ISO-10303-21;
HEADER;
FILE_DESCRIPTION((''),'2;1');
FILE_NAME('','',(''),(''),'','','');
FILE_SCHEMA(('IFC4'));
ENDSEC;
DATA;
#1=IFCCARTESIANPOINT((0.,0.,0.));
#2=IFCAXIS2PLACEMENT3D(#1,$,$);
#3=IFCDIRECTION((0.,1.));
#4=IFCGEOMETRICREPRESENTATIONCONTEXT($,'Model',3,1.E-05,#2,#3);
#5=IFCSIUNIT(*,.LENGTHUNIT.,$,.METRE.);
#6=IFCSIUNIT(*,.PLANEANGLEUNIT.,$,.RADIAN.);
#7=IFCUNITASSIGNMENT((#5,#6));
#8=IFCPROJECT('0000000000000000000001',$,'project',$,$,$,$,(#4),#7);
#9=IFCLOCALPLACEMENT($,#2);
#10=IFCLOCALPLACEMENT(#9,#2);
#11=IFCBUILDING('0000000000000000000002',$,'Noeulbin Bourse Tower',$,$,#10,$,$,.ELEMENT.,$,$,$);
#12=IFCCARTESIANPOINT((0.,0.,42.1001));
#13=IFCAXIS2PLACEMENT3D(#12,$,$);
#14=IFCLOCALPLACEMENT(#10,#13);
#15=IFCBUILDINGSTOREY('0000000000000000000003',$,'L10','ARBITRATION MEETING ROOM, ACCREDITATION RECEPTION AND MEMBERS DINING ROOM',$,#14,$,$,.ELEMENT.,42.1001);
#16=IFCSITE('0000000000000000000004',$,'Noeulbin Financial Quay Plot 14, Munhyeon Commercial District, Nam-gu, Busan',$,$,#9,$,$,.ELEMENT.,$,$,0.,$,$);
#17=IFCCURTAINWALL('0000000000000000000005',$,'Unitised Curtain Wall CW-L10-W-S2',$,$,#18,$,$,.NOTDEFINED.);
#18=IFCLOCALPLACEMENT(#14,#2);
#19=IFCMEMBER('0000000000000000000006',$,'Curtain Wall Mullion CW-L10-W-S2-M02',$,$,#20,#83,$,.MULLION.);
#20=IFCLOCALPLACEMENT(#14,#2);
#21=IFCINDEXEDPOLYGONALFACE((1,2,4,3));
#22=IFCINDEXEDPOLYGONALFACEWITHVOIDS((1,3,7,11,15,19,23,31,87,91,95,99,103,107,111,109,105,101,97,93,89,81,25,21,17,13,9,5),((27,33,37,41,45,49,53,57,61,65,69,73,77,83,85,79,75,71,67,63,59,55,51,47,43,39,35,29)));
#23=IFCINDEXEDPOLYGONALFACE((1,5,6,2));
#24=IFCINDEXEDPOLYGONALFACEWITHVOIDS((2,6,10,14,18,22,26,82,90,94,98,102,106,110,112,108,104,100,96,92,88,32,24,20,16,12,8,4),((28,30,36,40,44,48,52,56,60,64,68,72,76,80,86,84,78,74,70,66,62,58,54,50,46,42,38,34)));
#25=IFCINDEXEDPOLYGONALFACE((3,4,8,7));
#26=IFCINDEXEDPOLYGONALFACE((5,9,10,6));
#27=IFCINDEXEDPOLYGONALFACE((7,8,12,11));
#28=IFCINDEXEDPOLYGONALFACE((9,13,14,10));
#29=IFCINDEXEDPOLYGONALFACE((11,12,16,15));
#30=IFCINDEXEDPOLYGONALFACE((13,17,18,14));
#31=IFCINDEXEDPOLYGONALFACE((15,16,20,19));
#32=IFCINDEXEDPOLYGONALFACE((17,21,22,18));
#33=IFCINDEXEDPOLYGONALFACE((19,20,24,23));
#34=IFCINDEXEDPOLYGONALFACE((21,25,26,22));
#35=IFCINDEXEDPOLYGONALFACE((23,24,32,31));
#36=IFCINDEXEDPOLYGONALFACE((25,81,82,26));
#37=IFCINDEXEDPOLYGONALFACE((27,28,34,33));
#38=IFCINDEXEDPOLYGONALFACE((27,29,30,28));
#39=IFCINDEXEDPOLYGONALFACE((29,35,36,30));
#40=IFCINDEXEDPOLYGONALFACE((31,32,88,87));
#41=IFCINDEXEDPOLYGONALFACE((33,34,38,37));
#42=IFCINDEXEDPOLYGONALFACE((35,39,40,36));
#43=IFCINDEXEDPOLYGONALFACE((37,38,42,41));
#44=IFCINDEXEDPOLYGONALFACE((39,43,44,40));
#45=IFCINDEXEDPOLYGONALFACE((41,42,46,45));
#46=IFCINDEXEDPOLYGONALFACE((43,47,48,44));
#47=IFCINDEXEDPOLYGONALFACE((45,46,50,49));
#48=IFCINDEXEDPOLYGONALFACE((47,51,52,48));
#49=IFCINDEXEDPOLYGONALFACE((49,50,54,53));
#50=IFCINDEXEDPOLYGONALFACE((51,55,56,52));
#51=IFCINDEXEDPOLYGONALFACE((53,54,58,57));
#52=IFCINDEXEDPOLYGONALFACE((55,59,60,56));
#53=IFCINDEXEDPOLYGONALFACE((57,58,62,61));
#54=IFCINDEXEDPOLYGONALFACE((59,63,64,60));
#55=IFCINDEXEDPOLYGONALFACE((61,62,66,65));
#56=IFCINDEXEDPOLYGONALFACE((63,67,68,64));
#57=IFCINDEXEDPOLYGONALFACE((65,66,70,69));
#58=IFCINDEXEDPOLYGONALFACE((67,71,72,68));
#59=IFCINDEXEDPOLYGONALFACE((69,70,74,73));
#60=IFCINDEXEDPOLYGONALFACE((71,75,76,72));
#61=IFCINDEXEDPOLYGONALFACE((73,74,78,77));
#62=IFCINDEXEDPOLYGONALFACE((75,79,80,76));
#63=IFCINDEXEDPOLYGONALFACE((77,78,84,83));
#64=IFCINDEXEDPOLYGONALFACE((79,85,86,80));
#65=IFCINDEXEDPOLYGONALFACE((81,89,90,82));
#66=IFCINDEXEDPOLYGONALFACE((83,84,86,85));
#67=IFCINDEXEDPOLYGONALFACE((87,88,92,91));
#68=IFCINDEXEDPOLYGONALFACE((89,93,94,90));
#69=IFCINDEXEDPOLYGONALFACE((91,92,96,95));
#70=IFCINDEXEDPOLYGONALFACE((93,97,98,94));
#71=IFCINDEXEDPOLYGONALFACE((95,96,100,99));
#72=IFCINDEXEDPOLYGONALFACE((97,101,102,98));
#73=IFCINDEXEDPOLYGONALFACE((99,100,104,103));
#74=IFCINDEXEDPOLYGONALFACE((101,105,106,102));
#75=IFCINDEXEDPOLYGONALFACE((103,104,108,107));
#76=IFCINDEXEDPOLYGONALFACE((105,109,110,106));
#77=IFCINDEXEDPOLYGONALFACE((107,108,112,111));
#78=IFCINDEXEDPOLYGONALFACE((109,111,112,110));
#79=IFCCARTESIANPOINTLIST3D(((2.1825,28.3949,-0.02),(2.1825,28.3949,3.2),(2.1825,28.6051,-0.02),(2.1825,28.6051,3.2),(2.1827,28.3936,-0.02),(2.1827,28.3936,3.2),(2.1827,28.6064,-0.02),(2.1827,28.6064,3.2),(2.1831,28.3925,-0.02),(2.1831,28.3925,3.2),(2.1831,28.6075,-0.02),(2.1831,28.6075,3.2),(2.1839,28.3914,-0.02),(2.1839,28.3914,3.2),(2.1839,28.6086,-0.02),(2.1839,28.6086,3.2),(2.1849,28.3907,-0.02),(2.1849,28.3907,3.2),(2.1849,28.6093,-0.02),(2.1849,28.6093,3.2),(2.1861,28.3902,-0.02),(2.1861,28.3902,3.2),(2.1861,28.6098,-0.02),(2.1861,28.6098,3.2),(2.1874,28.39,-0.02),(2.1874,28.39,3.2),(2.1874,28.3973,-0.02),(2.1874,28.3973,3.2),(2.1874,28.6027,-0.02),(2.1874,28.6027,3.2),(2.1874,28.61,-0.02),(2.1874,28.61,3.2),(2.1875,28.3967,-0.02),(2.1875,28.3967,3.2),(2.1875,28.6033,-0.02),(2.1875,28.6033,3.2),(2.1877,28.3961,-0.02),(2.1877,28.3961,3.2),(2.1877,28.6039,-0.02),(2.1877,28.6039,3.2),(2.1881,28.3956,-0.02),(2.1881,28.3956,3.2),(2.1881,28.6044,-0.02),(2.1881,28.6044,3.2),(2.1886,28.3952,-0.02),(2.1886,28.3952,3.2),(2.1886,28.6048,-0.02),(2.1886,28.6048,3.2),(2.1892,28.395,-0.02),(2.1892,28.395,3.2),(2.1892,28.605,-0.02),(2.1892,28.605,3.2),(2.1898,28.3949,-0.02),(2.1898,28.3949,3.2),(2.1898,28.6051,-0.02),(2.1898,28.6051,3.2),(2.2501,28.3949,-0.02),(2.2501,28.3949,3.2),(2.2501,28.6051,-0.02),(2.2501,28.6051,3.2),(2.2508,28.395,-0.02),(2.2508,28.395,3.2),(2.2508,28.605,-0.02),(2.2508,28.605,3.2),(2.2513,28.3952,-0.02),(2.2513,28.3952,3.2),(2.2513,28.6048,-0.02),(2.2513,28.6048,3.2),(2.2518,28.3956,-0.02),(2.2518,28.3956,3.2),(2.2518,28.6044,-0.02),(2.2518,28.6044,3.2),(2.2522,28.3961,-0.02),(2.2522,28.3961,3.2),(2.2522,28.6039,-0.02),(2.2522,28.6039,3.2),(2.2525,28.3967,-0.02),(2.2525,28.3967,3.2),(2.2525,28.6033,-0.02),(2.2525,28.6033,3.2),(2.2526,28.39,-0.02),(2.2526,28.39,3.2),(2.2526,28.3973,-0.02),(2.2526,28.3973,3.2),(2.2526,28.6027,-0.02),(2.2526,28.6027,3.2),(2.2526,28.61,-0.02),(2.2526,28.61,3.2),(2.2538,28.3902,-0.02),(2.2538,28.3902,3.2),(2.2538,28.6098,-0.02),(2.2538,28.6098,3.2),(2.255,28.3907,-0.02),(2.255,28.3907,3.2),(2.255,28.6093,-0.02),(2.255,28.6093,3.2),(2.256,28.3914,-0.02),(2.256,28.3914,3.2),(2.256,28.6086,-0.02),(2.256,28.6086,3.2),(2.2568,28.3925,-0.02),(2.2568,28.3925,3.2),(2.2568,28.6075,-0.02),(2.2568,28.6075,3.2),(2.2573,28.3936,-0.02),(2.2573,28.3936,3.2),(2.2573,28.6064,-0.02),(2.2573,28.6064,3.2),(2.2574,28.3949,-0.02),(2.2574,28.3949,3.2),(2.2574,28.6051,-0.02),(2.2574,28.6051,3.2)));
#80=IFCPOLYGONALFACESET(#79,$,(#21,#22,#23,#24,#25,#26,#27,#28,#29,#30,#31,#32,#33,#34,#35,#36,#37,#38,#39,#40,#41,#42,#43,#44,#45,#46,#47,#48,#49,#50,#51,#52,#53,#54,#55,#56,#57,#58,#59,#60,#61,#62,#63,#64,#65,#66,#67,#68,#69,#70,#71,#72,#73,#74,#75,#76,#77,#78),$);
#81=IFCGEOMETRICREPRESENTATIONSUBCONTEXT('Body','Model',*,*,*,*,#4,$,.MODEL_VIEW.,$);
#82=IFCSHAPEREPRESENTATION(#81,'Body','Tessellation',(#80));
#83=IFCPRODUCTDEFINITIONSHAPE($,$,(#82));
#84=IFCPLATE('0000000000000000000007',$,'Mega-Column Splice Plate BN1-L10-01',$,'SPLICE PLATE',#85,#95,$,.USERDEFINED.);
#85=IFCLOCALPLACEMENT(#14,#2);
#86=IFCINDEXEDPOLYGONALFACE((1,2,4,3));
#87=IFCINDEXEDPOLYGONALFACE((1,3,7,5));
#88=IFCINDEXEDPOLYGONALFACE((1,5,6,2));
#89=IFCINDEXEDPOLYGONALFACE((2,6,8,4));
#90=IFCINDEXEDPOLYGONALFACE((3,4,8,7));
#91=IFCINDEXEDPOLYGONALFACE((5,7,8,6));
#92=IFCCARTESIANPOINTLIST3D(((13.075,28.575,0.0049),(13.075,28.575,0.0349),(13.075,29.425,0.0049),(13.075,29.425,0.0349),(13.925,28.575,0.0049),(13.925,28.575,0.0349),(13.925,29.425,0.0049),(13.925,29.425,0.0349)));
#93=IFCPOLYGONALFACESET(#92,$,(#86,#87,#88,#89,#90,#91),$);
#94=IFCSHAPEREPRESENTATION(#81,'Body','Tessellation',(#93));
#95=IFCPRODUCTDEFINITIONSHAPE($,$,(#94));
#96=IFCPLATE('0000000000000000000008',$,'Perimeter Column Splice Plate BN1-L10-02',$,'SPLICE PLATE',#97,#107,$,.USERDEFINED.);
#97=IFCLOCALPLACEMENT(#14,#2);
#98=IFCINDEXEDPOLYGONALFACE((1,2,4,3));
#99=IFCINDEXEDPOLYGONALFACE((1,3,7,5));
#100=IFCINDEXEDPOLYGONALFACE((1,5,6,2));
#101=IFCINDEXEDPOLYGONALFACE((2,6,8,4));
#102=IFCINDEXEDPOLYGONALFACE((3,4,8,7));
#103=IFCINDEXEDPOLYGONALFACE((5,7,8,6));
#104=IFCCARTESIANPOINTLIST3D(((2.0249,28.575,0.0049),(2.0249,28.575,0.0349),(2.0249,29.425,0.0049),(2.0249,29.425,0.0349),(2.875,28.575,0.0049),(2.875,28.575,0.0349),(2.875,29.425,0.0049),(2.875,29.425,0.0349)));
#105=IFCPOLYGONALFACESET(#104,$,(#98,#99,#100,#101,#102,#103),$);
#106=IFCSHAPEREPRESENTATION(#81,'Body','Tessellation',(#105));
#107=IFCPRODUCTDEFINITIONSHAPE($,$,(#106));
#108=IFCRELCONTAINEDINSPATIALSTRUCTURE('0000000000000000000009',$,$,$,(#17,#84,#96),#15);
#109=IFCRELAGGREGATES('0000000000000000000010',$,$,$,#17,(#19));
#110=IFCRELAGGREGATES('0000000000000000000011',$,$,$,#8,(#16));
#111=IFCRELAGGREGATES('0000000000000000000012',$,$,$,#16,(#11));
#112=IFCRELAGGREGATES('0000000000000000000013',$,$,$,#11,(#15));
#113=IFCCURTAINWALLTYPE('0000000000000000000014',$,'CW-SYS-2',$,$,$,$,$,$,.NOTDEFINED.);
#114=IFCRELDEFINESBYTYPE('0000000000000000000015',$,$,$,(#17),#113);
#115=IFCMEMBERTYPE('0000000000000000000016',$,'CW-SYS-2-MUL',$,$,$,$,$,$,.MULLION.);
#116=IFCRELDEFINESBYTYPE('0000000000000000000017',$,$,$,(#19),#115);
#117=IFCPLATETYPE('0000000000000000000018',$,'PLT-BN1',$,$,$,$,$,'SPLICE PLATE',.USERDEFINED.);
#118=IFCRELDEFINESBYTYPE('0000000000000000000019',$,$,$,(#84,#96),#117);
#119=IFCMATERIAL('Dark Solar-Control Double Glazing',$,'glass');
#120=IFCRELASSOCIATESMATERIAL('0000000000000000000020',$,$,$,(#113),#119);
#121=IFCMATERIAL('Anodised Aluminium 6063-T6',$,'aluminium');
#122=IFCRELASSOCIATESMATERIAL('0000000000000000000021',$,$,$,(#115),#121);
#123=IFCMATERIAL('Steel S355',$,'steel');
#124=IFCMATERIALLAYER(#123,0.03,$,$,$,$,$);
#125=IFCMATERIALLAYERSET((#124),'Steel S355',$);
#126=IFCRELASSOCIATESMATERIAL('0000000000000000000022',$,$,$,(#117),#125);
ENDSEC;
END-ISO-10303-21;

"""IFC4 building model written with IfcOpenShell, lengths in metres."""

from ifc_helpers import new_model, si_unit, direction, frame, origin, origin_2d, place, context, subcontext, project, spatial, rectangle, hollow_rectangle, extrude, material, layer, layer_set, material_profile, profile_set, type_object, element, aggregate, save


model = new_model("IFC4")

# Units and contexts
model_context = context("Model", 3, precision=1e-05, world=origin(), true_north=direction((0.0, 1.0)))
body_context = subcontext(model_context, "Body", "Model", "MODEL_VIEW")
ifc_project = project(units=[si_unit("LENGTHUNIT", "METRE"), si_unit("PLANEANGLEUNIT", "RADIAN")], contexts=[model_context])

# Site, building, storey
site_placement = place(None, origin())
site = spatial("IfcSite", under=ifc_project, at=site_placement, Name="Noeulbin Financial Quay Plot 14, Munhyeon Commercial District, Nam-gu, Busan", CompositionType="ELEMENT", RefElevation=0.0)
building_placement = place(site_placement, origin())
building = spatial("IfcBuilding", under=site, at=building_placement, Name="Noeulbin Bourse Tower", CompositionType="ELEMENT")
storey_placement = place(building_placement, frame((0.0, 0.0, 42.1001)))
storey = spatial("IfcBuildingStorey", under=building, at=storey_placement, Name="L10", Description="ARBITRATION MEETING ROOM, ACCREDITATION RECEPTION AND MEMBERS DINING ROOM", CompositionType="ELEMENT", Elevation=42.1001)

# Shared definitions
ifc_material_1 = material(Name="Steel S355", Category="steel")

# Curtain wall, member
ifc_material_2 = material(Name="Dark Solar-Control Double Glazing", Category="glass")
curtain_wall_type = type_object("IfcCurtainWallType", Name="CW-SYS-2", PredefinedType="NOTDEFINED", material=ifc_material_2)
curtain_wall_placement = place(storey_placement, origin())
curtain_wall = element("IfcCurtainWall", 1, at=curtain_wall_placement, inside=storey, type_object=curtain_wall_type, Name="Unitised Curtain Wall CW-L10-W-S2", PredefinedType="NOTDEFINED")
ifc_material_3 = material(Name="Anodised Aluminium 6063-T6", Category="aluminium")
ifc_material_profile_1 = material_profile(ifc_material_3, hollow_rectangle(XDim=0.075, YDim=0.22, WallThickness=0.0049, InnerFilletRadius=0.0024, OuterFilletRadius=0.0049, at=origin_2d()), Name="ALU-MULL-75x220x5", Category="LoadBearing")
ifc_profile_set_1 = profile_set([ifc_material_profile_1], Name="Anodised Aluminium 6063-T6")
member_type = type_object("IfcMemberType", Name="CW-SYS-2-MUL", PredefinedType="MULLION", material=ifc_profile_set_1)
member_placement = place(storey_placement, frame((2.22, 28.5, -0.02), z_axis=(0.0, 0.0, 1.0), x_axis=(1.0, 0.0, 0.0)))
member = element("IfcMember", 2, at=member_placement, type_object=member_type, Name="Curtain Wall Mullion CW-L10-W-S2-M02", PredefinedType="MULLION", context=body_context, shape_type="SweptSolid", body=[
    extrude(hollow_rectangle(XDim=0.075, YDim=0.22, WallThickness=0.0049, InnerFilletRadius=0.0024, OuterFilletRadius=0.0049, at=origin_2d()), origin(), (0.0, 0.0, 1.0), 3.22),
])
aggregate(curtain_wall, [member])

# Plates
ifc_layer_1 = layer(ifc_material_1, 0.03)
ifc_layer_set_1 = layer_set([ifc_layer_1], Name="Steel S355")
plate_type = type_object("IfcPlateType", Name="PLT-BN1", ElementType="SPLICE PLATE", PredefinedType="USERDEFINED", material=ifc_layer_set_1)
for number, where, z_axis, x_axis, name in (
    (3, (13.5, 29.0, 0.0049), (0.0, 0.0, 1.0), (1.0, 0.0, 0.0), "Mega-Column Splice Plate BN1-L10-01"),
    (4, (2.45, 29.0, 0.0049), (0.0, 0.0, 1.0), (1.0, 0.0, 0.0), "Perimeter Column Splice Plate BN1-L10-02"),
):
    element("IfcPlate", number, at=place(storey_placement, frame(where, z_axis=z_axis, x_axis=x_axis)), inside=storey, type_object=plate_type, Name=name, ObjectType="SPLICE PLATE", PredefinedType="USERDEFINED", context=body_context, shape_type="SweptSolid", body=[
        extrude(rectangle(XDim=0.8501, YDim=0.8501, at=origin_2d()), origin(), (0.0, 0.0, 1.0), 0.03),
    ])

save(model, "model.ifc")
